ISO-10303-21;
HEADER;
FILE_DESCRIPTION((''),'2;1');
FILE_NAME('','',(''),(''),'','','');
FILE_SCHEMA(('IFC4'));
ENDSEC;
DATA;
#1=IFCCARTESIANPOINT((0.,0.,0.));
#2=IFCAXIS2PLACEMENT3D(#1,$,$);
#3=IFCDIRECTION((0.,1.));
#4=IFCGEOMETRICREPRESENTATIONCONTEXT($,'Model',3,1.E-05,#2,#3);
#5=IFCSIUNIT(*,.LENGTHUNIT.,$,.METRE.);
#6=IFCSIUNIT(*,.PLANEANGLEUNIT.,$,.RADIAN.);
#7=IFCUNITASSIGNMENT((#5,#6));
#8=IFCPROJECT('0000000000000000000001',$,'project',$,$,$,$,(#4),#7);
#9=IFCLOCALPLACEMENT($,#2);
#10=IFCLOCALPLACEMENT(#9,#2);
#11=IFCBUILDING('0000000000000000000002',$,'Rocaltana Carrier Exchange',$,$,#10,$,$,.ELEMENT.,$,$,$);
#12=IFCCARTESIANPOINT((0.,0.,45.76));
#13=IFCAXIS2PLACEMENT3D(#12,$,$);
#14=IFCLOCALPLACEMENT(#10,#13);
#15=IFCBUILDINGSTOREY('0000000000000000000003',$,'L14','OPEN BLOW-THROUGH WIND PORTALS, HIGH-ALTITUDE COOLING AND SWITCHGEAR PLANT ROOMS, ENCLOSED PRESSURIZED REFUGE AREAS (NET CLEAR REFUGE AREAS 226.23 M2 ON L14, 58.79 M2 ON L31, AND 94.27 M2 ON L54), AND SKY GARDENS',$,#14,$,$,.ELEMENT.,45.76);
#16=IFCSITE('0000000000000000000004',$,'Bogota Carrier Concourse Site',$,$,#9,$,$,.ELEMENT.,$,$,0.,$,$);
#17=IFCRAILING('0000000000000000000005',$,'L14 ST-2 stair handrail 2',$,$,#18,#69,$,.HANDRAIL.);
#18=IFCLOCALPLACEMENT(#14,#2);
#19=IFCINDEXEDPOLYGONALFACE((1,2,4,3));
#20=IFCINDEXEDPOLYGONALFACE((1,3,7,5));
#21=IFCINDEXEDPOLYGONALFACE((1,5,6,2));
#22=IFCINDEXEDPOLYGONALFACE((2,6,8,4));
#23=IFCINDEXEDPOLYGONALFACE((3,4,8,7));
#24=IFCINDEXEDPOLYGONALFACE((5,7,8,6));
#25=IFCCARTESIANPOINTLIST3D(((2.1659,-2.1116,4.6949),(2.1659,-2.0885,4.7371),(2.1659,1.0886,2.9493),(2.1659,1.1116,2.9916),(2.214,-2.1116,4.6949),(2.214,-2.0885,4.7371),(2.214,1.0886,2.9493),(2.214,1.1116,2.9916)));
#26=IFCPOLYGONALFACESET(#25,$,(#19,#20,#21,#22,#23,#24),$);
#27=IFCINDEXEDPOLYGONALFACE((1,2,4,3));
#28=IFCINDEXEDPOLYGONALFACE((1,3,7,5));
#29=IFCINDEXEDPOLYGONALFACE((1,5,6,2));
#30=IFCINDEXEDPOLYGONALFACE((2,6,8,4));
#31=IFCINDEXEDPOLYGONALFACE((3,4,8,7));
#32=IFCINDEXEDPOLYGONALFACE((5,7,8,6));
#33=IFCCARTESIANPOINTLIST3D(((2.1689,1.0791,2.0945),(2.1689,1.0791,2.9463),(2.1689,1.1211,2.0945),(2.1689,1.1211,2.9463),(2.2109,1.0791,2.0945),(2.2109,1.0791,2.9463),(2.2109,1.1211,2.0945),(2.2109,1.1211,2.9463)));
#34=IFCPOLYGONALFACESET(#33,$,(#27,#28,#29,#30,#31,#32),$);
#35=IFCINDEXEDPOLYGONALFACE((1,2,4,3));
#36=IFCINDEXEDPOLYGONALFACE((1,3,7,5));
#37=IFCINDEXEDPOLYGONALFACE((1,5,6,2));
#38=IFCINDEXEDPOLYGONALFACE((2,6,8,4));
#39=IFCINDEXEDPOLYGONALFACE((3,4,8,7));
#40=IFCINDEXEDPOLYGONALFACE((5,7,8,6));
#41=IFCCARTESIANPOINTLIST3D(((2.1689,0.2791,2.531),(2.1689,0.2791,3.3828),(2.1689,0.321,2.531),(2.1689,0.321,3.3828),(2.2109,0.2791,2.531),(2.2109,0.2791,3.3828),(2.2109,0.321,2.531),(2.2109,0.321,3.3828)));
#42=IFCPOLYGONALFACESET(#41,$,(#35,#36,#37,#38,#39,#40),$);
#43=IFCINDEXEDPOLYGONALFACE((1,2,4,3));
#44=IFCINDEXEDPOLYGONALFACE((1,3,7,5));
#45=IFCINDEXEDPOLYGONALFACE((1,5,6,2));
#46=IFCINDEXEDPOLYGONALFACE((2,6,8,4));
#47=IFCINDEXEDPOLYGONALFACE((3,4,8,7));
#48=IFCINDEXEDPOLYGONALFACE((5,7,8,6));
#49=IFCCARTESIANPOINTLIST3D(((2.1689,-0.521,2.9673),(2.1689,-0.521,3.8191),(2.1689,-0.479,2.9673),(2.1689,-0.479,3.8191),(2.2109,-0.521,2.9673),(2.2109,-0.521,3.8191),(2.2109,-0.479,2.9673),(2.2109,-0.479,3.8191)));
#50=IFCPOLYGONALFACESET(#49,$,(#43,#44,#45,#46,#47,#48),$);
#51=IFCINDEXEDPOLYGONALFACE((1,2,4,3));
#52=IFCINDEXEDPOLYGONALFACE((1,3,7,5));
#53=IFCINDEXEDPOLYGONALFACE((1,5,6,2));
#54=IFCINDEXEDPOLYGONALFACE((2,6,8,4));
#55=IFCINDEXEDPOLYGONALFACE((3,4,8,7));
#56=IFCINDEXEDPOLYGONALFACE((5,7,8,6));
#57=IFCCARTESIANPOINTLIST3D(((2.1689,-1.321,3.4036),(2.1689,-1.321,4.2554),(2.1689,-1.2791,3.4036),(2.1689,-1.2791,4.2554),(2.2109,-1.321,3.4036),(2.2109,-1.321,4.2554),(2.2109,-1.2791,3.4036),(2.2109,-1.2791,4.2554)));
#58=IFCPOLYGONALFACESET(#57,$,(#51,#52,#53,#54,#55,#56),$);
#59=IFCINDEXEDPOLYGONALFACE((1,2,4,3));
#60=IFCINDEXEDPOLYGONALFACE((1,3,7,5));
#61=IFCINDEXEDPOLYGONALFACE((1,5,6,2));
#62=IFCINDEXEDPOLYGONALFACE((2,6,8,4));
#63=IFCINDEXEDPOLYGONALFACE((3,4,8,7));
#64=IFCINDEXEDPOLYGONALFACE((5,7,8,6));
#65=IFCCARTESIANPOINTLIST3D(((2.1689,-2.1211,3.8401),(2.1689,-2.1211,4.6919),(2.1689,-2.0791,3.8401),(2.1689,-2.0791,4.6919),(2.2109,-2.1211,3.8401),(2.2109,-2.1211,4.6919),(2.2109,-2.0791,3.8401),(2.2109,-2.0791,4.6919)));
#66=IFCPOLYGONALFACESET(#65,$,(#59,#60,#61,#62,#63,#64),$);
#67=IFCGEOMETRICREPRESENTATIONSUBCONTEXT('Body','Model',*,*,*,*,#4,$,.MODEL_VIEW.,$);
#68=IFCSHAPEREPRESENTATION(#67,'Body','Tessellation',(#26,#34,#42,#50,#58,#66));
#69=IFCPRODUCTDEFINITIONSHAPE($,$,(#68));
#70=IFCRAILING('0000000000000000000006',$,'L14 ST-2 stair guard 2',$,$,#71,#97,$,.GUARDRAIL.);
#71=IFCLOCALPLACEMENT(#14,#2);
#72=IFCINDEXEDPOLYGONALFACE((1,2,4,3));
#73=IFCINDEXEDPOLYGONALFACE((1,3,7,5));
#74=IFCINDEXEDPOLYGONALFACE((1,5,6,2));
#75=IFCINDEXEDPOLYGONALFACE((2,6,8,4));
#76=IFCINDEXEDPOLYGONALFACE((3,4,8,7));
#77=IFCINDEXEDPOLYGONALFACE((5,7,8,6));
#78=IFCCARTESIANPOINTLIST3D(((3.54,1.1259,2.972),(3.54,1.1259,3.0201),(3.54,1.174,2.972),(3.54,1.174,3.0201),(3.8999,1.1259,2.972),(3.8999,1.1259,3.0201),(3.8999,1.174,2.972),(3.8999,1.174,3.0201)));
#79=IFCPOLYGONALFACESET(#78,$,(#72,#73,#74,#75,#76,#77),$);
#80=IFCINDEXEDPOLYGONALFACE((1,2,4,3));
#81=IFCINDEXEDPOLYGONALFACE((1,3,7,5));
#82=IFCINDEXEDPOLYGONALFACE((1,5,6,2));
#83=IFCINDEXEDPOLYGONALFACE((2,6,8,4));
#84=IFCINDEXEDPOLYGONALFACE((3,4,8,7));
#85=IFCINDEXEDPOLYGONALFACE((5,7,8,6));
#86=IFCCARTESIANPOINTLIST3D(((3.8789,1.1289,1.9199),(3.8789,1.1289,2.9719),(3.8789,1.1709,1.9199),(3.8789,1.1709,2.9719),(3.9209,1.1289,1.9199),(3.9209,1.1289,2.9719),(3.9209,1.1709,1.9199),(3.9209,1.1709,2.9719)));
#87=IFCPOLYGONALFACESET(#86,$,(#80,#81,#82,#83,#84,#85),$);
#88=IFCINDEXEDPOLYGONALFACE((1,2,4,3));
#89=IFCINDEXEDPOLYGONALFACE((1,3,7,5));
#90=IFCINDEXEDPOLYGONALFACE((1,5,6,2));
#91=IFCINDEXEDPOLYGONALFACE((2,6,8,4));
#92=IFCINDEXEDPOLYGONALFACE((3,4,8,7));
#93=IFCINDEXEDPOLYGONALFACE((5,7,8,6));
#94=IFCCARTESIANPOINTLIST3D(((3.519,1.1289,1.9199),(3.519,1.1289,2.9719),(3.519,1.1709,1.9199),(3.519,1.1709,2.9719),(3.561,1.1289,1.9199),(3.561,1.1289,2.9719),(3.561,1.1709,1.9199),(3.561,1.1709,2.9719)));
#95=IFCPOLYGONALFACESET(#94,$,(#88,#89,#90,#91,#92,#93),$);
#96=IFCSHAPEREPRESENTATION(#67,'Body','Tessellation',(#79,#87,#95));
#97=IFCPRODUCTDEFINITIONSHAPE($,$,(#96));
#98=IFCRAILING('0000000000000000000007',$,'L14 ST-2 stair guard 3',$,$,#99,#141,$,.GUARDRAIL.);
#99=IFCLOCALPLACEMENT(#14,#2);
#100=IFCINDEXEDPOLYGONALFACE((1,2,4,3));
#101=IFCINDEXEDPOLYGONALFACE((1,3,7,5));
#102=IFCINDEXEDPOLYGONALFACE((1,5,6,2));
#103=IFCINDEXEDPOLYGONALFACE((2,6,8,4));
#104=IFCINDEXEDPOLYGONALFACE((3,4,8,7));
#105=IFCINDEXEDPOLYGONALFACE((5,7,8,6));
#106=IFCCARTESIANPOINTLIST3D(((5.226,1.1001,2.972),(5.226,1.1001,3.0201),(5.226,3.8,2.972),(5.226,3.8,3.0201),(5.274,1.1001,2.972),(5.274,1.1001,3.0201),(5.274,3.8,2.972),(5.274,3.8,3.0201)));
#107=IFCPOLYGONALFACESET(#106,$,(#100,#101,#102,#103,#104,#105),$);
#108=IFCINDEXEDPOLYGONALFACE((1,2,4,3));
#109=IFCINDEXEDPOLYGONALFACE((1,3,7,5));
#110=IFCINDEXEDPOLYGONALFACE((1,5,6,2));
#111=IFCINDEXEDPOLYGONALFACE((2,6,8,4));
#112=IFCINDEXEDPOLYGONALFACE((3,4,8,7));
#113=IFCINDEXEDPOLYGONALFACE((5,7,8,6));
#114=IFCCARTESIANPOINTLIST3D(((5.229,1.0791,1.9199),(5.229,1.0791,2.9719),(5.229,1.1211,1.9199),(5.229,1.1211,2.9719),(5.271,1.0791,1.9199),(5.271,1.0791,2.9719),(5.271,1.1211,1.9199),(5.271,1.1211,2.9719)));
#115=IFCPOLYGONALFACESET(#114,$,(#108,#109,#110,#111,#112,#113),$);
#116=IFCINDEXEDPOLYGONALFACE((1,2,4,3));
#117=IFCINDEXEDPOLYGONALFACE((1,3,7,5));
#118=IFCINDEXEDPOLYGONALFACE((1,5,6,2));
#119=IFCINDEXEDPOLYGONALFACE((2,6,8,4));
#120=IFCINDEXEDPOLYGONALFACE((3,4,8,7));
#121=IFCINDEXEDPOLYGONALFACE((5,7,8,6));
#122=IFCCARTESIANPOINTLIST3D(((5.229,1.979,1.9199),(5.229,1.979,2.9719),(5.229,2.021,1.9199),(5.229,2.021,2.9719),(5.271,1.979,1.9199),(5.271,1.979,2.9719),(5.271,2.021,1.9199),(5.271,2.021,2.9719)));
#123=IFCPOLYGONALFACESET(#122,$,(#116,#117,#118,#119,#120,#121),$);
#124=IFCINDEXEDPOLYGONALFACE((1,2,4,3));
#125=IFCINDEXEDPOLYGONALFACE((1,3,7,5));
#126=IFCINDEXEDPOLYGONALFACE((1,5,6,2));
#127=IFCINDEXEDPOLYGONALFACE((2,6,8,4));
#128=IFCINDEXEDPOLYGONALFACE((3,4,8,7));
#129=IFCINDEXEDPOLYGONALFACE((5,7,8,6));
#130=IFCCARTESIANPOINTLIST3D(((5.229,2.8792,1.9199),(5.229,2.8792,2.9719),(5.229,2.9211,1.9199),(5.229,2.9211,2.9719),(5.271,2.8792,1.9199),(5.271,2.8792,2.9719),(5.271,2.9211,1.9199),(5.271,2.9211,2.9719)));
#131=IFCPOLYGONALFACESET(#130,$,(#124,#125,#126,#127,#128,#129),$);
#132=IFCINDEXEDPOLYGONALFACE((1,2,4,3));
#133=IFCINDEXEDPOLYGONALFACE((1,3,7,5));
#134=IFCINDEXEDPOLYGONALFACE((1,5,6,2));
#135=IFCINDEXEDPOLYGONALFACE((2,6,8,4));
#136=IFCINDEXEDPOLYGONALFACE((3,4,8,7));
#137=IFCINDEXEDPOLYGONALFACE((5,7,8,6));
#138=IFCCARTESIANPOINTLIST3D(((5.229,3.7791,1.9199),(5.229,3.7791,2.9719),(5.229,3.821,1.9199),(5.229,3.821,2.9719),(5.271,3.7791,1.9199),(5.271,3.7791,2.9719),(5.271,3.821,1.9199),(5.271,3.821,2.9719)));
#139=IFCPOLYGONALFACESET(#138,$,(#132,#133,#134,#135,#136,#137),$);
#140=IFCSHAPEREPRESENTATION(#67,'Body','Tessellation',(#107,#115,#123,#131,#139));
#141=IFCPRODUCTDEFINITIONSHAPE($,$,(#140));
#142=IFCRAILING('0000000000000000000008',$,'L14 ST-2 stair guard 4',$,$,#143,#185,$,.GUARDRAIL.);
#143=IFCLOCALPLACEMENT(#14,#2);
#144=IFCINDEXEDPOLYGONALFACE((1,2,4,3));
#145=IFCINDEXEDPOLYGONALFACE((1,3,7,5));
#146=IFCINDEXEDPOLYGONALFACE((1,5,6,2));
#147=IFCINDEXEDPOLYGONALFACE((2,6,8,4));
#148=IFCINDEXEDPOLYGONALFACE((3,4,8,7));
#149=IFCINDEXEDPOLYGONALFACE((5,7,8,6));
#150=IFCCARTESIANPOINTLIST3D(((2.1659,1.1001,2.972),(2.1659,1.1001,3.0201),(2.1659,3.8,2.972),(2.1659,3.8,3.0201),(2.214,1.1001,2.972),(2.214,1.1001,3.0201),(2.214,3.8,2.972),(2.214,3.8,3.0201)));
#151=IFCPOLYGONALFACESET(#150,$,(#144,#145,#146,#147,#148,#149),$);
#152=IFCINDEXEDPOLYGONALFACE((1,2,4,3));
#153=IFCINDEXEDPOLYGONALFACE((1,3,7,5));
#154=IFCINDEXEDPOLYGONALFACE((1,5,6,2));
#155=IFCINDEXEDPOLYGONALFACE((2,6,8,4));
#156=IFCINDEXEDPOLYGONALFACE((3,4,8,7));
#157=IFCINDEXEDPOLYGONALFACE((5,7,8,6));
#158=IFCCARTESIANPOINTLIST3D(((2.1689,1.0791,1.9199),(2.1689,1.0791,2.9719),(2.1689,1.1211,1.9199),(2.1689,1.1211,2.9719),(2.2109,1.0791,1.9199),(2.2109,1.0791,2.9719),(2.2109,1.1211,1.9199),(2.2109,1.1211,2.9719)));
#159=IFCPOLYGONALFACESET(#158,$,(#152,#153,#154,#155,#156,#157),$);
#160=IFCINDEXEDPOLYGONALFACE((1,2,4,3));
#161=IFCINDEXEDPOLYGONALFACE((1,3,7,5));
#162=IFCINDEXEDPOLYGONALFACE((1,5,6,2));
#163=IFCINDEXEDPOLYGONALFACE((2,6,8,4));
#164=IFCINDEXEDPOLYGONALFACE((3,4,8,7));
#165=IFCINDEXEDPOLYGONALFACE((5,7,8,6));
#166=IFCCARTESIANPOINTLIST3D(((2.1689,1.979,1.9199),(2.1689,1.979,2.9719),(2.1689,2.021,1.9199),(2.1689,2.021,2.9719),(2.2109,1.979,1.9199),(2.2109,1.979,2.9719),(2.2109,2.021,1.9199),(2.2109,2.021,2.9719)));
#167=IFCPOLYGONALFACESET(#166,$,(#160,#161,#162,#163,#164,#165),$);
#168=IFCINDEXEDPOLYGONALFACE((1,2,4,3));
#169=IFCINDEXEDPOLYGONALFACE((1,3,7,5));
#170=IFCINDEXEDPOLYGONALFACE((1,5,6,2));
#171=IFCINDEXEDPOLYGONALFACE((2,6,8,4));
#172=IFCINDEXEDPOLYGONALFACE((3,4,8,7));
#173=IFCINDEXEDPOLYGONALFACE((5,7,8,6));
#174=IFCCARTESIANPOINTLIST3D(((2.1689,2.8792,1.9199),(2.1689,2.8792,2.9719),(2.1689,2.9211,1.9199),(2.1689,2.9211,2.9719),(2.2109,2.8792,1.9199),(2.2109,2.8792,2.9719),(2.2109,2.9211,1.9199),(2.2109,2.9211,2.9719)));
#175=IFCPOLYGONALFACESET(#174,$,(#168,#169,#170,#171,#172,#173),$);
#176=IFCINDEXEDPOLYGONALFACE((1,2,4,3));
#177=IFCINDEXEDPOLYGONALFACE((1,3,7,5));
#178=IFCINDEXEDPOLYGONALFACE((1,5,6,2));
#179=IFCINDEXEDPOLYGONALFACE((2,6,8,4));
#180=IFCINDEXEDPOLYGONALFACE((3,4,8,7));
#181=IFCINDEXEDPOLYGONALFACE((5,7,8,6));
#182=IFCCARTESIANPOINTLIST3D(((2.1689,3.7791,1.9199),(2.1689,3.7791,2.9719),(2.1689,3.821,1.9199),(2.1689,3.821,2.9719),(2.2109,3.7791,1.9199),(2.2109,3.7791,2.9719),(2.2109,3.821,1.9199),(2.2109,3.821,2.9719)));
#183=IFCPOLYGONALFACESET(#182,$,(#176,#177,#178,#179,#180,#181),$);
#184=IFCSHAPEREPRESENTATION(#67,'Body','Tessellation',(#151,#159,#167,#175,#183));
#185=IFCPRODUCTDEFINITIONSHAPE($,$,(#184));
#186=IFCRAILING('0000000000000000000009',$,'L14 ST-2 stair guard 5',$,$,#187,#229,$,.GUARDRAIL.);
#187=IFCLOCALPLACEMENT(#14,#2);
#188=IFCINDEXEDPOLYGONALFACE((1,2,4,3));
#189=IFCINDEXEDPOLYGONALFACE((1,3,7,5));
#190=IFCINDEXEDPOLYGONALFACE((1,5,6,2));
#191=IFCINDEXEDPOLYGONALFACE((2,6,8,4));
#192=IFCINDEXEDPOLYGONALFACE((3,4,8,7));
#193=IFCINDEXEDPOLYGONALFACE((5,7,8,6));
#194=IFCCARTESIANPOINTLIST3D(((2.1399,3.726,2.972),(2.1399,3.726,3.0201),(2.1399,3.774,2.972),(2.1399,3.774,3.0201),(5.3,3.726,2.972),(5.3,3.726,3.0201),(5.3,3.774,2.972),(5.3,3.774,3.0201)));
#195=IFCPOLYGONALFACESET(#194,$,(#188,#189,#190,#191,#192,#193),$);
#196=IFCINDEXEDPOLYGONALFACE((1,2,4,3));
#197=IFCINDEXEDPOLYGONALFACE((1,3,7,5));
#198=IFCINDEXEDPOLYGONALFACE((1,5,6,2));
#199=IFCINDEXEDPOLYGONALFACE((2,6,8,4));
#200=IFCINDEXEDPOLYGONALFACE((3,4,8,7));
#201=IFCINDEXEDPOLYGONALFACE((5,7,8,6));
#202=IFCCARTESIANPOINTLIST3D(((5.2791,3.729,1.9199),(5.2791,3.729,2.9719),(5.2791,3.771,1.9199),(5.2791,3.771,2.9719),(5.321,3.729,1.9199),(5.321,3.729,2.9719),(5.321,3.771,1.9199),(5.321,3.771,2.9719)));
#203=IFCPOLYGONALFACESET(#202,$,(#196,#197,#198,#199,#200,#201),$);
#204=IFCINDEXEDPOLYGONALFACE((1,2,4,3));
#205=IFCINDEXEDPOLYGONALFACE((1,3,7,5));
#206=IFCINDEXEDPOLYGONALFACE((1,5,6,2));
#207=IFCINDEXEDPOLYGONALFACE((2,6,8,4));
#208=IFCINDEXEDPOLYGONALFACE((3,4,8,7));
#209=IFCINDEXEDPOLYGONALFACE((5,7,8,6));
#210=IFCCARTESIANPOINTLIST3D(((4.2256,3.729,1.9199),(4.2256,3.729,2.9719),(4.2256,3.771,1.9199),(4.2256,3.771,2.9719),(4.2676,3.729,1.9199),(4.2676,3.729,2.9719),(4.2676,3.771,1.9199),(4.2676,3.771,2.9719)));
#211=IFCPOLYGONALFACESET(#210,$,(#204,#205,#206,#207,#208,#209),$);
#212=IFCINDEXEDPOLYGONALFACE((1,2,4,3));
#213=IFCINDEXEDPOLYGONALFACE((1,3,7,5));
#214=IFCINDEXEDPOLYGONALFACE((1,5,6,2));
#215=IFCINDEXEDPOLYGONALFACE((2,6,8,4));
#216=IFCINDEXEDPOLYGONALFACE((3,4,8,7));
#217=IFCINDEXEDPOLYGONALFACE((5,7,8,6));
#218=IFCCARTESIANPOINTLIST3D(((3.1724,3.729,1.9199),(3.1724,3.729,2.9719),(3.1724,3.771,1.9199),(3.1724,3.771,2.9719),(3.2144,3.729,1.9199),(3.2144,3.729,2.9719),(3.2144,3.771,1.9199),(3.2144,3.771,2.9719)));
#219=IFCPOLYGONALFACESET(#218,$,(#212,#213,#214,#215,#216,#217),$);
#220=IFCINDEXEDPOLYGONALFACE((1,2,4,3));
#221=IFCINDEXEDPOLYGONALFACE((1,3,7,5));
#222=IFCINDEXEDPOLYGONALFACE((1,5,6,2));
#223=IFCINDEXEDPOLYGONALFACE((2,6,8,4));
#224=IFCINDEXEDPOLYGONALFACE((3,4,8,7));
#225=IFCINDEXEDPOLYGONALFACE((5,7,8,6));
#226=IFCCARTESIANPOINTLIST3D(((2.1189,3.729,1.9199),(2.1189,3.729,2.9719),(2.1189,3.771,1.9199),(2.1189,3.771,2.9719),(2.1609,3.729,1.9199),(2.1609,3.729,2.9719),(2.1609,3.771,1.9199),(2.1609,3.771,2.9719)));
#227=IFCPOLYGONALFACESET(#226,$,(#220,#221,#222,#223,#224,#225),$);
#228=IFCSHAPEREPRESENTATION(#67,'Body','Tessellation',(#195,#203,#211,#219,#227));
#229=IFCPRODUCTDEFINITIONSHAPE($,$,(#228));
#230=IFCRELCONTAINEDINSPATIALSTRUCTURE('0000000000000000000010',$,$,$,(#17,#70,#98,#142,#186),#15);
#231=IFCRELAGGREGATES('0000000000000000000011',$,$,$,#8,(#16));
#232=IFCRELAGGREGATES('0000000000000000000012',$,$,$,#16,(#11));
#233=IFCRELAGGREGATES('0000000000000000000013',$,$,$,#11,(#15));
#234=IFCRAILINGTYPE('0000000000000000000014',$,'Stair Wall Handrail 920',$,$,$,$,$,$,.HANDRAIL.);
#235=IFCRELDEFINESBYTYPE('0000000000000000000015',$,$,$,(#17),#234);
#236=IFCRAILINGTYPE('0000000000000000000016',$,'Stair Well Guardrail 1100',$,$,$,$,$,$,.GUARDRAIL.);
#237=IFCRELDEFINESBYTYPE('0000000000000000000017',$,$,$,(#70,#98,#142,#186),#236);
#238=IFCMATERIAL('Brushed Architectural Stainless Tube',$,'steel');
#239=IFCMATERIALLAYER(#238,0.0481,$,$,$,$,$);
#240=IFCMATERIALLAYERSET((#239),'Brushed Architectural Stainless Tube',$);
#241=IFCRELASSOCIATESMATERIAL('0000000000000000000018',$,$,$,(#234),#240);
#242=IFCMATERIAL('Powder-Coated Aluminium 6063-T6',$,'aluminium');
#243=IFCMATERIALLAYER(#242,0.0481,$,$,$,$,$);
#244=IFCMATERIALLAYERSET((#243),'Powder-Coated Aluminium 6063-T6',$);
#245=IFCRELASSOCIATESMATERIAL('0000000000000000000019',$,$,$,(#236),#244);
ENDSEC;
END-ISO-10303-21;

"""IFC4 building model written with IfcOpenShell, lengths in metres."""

from ifc_helpers import new_model, si_unit, direction, frame, origin, origin_2d, place, context, subcontext, project, spatial, rectangle, extrude, material, layer, layer_set, type_object, element, save


model = new_model("IFC4")

# Units and contexts
model_context = context("Model", 3, precision=1e-05, world=origin(), true_north=direction((0.0, 1.0)))
body_context = subcontext(model_context, "Body", "Model", "MODEL_VIEW")
ifc_project = project(units=[si_unit("LENGTHUNIT", "METRE"), si_unit("PLANEANGLEUNIT", "RADIAN")], contexts=[model_context])

# Site, building, storey
site_placement = place(None, origin())
site = spatial("IfcSite", under=ifc_project, at=site_placement, Name="Bogota Carrier Concourse Site", CompositionType="ELEMENT", RefElevation=0.0)
building_placement = place(site_placement, origin())
building = spatial("IfcBuilding", under=site, at=building_placement, Name="Rocaltana Carrier Exchange", CompositionType="ELEMENT")
storey_placement = place(building_placement, frame((0.0, 0.0, 45.76)))
storey = spatial("IfcBuildingStorey", under=building, at=storey_placement, Name="L14", Description="OPEN BLOW-THROUGH WIND PORTALS, HIGH-ALTITUDE COOLING AND SWITCHGEAR PLANT ROOMS, ENCLOSED PRESSURIZED REFUGE AREAS (NET CLEAR REFUGE AREAS 226.23 M2 ON L14, 58.79 M2 ON L31, AND 94.27 M2 ON L54), AND SKY GARDENS", CompositionType="ELEMENT", Elevation=45.76)

# Railings
ifc_material_1 = material(Name="Brushed Architectural Stainless Tube", Category="steel")
ifc_layer_1 = layer(ifc_material_1, 0.0481)
ifc_layer_set_1 = layer_set([ifc_layer_1], Name="Brushed Architectural Stainless Tube")
railing_type_1 = type_object("IfcRailingType", Name="Stair Wall Handrail 920", PredefinedType="HANDRAIL", material=ifc_layer_set_1)
railing_1_placement = place(storey_placement, frame((2.1899, 1.1001, 2.0945)))
element("IfcRailing", 1, at=railing_1_placement, inside=storey, type_object=railing_type_1, Name="L14 ST-2 stair handrail 2", PredefinedType="HANDRAIL", context=body_context, shape_type="SweptSolid", body=[
    extrude(rectangle(XDim=0.0481, YDim=0.0481, at=origin_2d()), frame((0.0, 0.0, 0.876), z_axis=(0.0, -0.87789, 0.478862), x_axis=(1.0, 0.0, 0.0)), (0.0, 0.0, 1.0), 3.6453),
    extrude(rectangle(XDim=0.042, YDim=0.042, at=origin_2d()), origin(), (0.0, 0.0, 1.0), 0.8518),
    extrude(rectangle(XDim=0.042, YDim=0.042, at=origin_2d()), frame((0.0, -0.8, 0.4365)), (0.0, 0.0, 1.0), 0.8518),
    extrude(rectangle(XDim=0.042, YDim=0.042, at=origin_2d()), frame((0.0, -1.6001, 0.8728)), (0.0, 0.0, 1.0), 0.8518),
    extrude(rectangle(XDim=0.042, YDim=0.042, at=origin_2d()), frame((0.0, -2.4001, 1.3091)), (0.0, 0.0, 1.0), 0.8518),
    extrude(rectangle(XDim=0.042, YDim=0.042, at=origin_2d()), frame((0.0, -3.2002, 1.7456)), (0.0, 0.0, 1.0), 0.8518),
])
ifc_material_2 = material(Name="Powder-Coated Aluminium 6063-T6", Category="aluminium")
ifc_layer_2 = layer(ifc_material_2, 0.0481)
ifc_layer_set_2 = layer_set([ifc_layer_2], Name="Powder-Coated Aluminium 6063-T6")
railing_type_2 = type_object("IfcRailingType", Name="Stair Well Guardrail 1100", PredefinedType="GUARDRAIL", material=ifc_layer_set_2)
railing_2_placement = place(storey_placement, frame((3.8999, 1.1499, 1.9199)))
element("IfcRailing", 2, at=railing_2_placement, inside=storey, type_object=railing_type_2, Name="L14 ST-2 stair guard 2", PredefinedType="GUARDRAIL", context=body_context, shape_type="SweptSolid", body=[
    extrude(rectangle(XDim=0.0481, YDim=0.0481, at=origin_2d()), frame((0.0, 0.0, 1.0762), z_axis=(-1.0, 0.0, 0.0), x_axis=(0.0, -1.0, 0.0)), (0.0, 0.0, 1.0), 0.3599),
    extrude(rectangle(XDim=0.042, YDim=0.042, at=origin_2d()), origin(), (0.0, 0.0, 1.0), 1.052),
    extrude(rectangle(XDim=0.042, YDim=0.042, at=origin_2d()), frame((-0.3599, 0.0, 0.0)), (0.0, 0.0, 1.0), 1.052),
])
for number, where, name in (
    (3, (5.25, 1.1001, 1.9199), "L14 ST-2 stair guard 3"),
    (4, (2.1899, 1.1001, 1.9199), "L14 ST-2 stair guard 4"),
):
    element("IfcRailing", number, at=place(storey_placement, frame(where)), inside=storey, type_object=railing_type_2, Name=name, PredefinedType="GUARDRAIL", context=body_context, shape_type="SweptSolid", body=[
        extrude(rectangle(XDim=0.0481, YDim=0.0481, at=origin_2d()), frame((0.0, 0.0, 1.0762), z_axis=(0.0, 1.0, 0.0), x_axis=(-1.0, 0.0, 0.0)), (0.0, 0.0, 1.0), 2.7),
        extrude(rectangle(XDim=0.042, YDim=0.042, at=origin_2d()), origin(), (0.0, 0.0, 1.0), 1.052),
        extrude(rectangle(XDim=0.042, YDim=0.042, at=origin_2d()), frame((0.0, 0.8999, 0.0)), (0.0, 0.0, 1.0), 1.052),
        extrude(rectangle(XDim=0.042, YDim=0.042, at=origin_2d()), frame((0.0, 1.8, 0.0)), (0.0, 0.0, 1.0), 1.052),
        extrude(rectangle(XDim=0.042, YDim=0.042, at=origin_2d()), frame((0.0, 2.7, 0.0)), (0.0, 0.0, 1.0), 1.052),
    ])
railing_3_placement = place(storey_placement, frame((5.3, 3.75, 1.9199)))
element("IfcRailing", 5, at=railing_3_placement, inside=storey, type_object=railing_type_2, Name="L14 ST-2 stair guard 5", PredefinedType="GUARDRAIL", context=body_context, shape_type="SweptSolid", body=[
    extrude(rectangle(XDim=0.0481, YDim=0.0481, at=origin_2d()), frame((0.0, 0.0, 1.0762), z_axis=(-1.0, 0.0, 0.0), x_axis=(0.0, -1.0, 0.0)), (0.0, 0.0, 1.0), 3.1602),
    extrude(rectangle(XDim=0.042, YDim=0.042, at=origin_2d()), origin(), (0.0, 0.0, 1.0), 1.052),
    extrude(rectangle(XDim=0.042, YDim=0.042, at=origin_2d()), frame((-1.0535, 0.0, 0.0)), (0.0, 0.0, 1.0), 1.052),
    extrude(rectangle(XDim=0.042, YDim=0.042, at=origin_2d()), frame((-2.1067, 0.0, 0.0)), (0.0, 0.0, 1.0), 1.052),
    extrude(rectangle(XDim=0.042, YDim=0.042, at=origin_2d()), frame((-3.1602, 0.0, 0.0)), (0.0, 0.0, 1.0), 1.052),
])

save(model, "model.ifc")
